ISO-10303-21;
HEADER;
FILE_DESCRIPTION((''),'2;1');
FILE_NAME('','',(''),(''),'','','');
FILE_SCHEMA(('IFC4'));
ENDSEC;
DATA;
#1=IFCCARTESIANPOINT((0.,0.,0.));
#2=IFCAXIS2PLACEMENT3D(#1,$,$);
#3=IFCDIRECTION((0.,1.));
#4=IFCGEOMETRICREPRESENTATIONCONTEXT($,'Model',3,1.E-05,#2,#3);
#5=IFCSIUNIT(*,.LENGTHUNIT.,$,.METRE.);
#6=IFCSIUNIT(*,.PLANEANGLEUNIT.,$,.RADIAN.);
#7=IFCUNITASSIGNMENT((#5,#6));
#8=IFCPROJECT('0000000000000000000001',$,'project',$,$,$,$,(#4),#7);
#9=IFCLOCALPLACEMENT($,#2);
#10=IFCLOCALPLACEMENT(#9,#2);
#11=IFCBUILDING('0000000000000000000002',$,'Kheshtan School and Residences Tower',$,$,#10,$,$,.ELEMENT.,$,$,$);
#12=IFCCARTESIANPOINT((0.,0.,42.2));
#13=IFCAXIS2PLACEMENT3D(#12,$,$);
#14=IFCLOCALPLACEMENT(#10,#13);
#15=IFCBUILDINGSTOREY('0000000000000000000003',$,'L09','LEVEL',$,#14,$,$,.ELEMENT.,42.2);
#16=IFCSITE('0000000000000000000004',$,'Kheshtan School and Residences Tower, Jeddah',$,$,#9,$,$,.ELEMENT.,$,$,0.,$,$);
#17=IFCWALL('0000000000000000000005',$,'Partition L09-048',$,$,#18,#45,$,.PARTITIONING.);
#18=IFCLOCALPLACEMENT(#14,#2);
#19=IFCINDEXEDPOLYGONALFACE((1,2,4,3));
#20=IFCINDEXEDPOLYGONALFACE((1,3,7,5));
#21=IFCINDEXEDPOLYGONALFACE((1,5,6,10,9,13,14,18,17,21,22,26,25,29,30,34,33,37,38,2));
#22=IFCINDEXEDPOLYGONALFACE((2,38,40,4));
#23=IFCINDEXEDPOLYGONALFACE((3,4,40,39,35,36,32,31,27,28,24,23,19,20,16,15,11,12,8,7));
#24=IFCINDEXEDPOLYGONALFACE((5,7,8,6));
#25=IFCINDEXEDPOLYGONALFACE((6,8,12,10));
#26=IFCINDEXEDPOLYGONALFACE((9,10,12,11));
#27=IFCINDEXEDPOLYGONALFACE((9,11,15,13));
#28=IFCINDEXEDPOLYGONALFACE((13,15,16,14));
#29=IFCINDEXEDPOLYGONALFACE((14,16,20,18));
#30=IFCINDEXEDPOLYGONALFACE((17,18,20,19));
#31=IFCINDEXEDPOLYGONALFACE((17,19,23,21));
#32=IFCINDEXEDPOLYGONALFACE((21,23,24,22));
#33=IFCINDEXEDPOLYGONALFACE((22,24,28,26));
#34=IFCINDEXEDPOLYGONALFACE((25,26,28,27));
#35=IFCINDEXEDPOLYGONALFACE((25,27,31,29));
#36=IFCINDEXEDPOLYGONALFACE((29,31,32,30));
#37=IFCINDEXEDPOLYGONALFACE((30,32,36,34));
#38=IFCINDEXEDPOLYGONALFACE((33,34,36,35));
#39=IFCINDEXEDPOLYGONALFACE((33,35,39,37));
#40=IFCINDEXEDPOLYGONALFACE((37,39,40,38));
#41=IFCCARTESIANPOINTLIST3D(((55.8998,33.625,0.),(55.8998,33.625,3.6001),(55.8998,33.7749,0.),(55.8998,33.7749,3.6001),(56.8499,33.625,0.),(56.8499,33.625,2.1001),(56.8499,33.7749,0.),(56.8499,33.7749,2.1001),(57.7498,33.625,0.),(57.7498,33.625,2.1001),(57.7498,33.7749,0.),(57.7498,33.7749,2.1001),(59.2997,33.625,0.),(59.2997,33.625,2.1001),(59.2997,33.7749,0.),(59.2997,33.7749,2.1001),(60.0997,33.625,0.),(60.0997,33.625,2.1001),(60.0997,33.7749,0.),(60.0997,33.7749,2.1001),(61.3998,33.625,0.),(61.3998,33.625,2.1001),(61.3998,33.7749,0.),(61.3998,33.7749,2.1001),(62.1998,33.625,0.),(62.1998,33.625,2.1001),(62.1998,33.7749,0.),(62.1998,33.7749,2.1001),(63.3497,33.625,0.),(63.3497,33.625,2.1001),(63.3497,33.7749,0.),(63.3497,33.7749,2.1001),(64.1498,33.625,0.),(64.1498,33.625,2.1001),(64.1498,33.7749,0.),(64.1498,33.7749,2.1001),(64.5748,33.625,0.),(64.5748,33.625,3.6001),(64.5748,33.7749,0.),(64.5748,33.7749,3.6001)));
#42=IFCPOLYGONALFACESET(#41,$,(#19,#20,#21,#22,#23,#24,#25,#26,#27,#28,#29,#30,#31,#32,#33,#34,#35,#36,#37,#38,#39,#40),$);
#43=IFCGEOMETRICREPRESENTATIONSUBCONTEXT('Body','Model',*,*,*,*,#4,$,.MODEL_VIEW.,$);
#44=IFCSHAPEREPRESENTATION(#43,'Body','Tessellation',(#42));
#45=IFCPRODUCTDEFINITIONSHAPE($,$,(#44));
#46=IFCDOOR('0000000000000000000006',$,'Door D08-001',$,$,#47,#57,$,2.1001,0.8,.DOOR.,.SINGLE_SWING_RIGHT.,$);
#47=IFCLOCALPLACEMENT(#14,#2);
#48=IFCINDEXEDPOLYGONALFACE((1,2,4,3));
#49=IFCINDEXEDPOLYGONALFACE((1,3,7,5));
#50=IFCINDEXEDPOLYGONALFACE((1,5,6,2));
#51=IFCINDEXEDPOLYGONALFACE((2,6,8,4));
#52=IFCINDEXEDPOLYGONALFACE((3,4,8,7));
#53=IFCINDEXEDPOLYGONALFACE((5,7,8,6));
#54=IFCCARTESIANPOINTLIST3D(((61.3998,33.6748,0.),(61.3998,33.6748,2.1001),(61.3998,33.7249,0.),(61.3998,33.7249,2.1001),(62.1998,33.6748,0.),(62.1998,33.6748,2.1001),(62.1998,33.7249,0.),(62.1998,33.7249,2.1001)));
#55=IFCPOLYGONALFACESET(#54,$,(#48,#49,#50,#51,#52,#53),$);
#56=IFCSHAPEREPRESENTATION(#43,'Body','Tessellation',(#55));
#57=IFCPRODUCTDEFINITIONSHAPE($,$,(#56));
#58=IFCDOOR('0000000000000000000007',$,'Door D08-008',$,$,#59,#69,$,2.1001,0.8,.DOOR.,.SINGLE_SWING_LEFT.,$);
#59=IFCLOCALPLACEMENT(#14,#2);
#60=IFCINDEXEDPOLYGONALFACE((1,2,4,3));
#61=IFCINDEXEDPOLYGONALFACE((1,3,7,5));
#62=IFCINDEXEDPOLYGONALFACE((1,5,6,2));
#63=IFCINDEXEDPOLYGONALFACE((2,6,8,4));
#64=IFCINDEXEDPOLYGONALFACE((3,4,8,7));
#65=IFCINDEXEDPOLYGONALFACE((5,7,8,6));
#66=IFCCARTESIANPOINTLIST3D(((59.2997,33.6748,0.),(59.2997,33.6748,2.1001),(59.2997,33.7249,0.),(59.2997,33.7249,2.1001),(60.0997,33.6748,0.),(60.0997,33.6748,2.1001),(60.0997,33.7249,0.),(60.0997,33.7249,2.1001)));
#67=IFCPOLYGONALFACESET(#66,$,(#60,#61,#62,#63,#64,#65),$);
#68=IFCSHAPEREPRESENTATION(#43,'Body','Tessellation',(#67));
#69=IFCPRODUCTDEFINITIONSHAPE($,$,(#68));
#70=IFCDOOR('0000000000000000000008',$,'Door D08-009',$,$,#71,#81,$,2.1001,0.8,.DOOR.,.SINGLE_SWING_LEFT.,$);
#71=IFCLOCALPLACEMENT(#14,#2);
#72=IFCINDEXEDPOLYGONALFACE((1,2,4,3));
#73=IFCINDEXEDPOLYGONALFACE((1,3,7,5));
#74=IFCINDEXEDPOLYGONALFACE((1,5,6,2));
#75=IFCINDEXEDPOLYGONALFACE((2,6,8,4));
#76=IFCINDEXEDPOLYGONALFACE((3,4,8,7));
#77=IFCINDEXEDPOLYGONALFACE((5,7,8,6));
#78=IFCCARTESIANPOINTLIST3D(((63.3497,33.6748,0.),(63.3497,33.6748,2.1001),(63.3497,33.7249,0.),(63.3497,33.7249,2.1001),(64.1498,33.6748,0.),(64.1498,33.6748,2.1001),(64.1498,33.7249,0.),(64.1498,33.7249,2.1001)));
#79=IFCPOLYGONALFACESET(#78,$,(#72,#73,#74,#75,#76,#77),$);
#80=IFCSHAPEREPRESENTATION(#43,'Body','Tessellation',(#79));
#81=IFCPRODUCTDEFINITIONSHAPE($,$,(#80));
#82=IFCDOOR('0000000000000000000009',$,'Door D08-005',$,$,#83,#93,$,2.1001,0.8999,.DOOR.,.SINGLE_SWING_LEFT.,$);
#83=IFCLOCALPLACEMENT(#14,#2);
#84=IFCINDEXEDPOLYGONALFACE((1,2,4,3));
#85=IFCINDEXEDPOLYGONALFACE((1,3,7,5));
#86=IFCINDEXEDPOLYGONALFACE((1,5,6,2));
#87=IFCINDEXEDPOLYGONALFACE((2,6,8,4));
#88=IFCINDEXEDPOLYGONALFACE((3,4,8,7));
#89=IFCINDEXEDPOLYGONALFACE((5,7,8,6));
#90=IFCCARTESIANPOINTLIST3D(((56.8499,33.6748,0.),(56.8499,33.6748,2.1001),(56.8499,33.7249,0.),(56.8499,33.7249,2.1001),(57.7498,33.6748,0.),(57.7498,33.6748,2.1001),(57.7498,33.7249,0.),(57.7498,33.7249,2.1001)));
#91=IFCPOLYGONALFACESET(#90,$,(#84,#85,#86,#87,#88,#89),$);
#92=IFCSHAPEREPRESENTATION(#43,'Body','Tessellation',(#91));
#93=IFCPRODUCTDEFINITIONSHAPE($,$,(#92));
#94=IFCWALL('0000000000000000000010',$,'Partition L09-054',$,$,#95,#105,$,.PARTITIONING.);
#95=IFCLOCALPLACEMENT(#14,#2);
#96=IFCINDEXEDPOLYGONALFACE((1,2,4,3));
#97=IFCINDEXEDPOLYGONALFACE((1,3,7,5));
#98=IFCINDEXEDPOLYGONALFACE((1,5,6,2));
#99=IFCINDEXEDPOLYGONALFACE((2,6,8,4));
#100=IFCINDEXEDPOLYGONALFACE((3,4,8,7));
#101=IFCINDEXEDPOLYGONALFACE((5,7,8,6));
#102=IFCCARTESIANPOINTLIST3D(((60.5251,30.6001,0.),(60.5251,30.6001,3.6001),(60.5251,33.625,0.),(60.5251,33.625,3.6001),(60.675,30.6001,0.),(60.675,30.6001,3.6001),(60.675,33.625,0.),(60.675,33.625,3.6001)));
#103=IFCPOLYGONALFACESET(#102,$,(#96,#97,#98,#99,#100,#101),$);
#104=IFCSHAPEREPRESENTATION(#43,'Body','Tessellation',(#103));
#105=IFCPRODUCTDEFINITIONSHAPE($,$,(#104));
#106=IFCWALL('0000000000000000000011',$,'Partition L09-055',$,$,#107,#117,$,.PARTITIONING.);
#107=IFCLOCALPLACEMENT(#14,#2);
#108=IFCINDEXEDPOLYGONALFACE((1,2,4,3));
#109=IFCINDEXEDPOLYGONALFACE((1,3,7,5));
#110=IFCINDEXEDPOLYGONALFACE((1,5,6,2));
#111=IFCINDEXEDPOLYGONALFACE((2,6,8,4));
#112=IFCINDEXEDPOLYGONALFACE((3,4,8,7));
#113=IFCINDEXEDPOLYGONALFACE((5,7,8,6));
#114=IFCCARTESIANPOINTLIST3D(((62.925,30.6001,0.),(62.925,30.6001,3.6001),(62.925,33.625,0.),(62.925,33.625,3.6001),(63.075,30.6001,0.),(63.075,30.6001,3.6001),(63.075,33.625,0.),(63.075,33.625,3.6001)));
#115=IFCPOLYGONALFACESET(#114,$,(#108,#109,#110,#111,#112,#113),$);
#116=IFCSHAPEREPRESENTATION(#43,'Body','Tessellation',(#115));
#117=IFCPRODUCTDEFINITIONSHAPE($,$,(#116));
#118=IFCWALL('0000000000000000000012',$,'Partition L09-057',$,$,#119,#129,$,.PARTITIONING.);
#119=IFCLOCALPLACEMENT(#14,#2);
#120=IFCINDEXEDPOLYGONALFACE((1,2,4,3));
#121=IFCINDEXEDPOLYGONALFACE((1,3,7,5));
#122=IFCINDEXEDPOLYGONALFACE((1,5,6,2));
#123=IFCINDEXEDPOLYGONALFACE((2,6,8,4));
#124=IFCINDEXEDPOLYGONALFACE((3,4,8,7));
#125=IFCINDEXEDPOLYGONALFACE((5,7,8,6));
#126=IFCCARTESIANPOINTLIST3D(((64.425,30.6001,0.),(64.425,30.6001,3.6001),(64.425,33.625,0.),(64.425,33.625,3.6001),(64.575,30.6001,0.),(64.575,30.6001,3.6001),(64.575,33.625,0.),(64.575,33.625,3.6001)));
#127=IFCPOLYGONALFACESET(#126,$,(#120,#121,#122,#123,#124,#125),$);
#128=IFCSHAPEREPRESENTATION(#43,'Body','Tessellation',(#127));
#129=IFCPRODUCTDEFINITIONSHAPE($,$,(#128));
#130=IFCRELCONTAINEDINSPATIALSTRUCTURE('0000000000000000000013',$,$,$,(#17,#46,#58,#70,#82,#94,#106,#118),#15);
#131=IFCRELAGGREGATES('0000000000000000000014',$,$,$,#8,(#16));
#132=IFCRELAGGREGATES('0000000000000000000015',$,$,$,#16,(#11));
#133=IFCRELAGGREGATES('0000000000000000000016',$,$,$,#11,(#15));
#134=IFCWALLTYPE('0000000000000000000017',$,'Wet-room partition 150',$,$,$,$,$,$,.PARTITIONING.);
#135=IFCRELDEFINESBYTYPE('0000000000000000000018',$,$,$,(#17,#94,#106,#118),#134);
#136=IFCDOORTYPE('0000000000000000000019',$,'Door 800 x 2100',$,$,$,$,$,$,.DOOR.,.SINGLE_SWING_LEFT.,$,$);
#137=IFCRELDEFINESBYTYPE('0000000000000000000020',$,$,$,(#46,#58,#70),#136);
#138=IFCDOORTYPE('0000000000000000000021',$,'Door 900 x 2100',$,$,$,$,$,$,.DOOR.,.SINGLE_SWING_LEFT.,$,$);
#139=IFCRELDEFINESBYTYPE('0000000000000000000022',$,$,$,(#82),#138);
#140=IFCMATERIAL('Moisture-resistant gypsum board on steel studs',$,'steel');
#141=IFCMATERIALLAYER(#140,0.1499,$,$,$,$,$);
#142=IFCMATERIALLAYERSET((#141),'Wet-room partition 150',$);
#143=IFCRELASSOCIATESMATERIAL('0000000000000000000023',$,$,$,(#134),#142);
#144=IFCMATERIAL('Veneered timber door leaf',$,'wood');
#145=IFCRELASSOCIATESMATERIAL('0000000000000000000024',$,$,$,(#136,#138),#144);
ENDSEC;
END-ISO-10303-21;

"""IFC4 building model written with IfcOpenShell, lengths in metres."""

from ifc_helpers import new_model, si_unit, direction, frame, frame_2d, origin, place, context, subcontext, project, spatial, rectangle, extrude, source, transform, mapped, material, layer, layer_set, type_object, element, fill, save


model = new_model("IFC4")

# Units and contexts
model_context = context("Model", 3, precision=1e-05, world=origin(), true_north=direction((0.0, 1.0)))
body_context = subcontext(model_context, "Body", "Model", "MODEL_VIEW")
ifc_project = project(units=[si_unit("LENGTHUNIT", "METRE"), si_unit("PLANEANGLEUNIT", "RADIAN")], contexts=[model_context])

# Site, building, storey
site_placement = place(None, origin())
site = spatial("IfcSite", under=ifc_project, at=site_placement, Name="Kheshtan School and Residences Tower, Jeddah", CompositionType="ELEMENT", RefElevation=0.0)
building_placement = place(site_placement, origin())
building = spatial("IfcBuilding", under=site, at=building_placement, Name="Kheshtan School and Residences Tower", CompositionType="ELEMENT")
storey_placement = place(building_placement, frame((0.0, 0.0, 42.2)))
storey = spatial("IfcBuildingStorey", under=building, at=storey_placement, Name="L09", Description="LEVEL", CompositionType="ELEMENT", Elevation=42.2)

# Wall, openings, doors
ifc_material_1 = material(Name="Moisture-resistant gypsum board on steel studs", Category="steel")
ifc_layer_1 = layer(ifc_material_1, 0.1499)
ifc_layer_set_1 = layer_set([ifc_layer_1], Name="Wet-room partition 150")
wall_type_1 = type_object("IfcWallType", Name="Wet-room partition 150", PredefinedType="PARTITIONING", material=ifc_layer_set_1)
wall_1_placement = place(storey_placement, frame((55.8999, 33.7, 0.0), z_axis=(0.0, 0.0, 1.0), x_axis=(1.0, 0.0, 0.0)))
wall_1 = element("IfcWall", 1, at=wall_1_placement, inside=storey, type_object=wall_type_1, Name="Partition L09-048", PredefinedType="PARTITIONING", context=body_context, shape_type="SweptSolid", body=[
    extrude(rectangle(XDim=8.675, YDim=0.1499, at=frame_2d((4.3374, 0.0))), origin(), (0.0, 0.0, 1.0), 3.6001),
])
opening_1_placement = place(wall_1_placement, frame((5.5, 0.0, 0.0)))
opening_1 = element("IfcOpeningElement", 2, at=opening_1_placement, cuts=wall_1, PredefinedType="OPENING", context=body_context, shape_type="SweptSolid", body=[
    extrude(rectangle(XDim=0.8, YDim=2.1001, at=frame_2d((0.3999, 1.05))), frame((0.0, 0.085, 0.0), z_axis=(0.0, -1.0, 0.0), x_axis=(1.0, 0.0, 0.0)), (0.0, 0.0, 1.0), 0.1699),
])
opening_2_placement = place(wall_1_placement, frame((0.95, 0.0, 0.0)))
opening_2 = element("IfcOpeningElement", 3, at=opening_2_placement, cuts=wall_1, PredefinedType="OPENING", context=body_context, shape_type="SweptSolid", body=[
    extrude(rectangle(XDim=0.8999, YDim=2.1001, at=frame_2d((0.45, 1.05))), frame((0.0, 0.085, 0.0), z_axis=(0.0, -1.0, 0.0), x_axis=(1.0, 0.0, 0.0)), (0.0, 0.0, 1.0), 0.1699),
])
opening_3_placement = place(wall_1_placement, frame((3.3999, 0.0, 0.0)))
opening_3 = element("IfcOpeningElement", 4, at=opening_3_placement, cuts=wall_1, PredefinedType="OPENING", context=body_context, shape_type="SweptSolid", body=[
    extrude(rectangle(XDim=0.8, YDim=2.1001, at=frame_2d((0.3999, 1.05))), frame((0.0, 0.085, 0.0), z_axis=(0.0, -1.0, 0.0), x_axis=(1.0, 0.0, 0.0)), (0.0, 0.0, 1.0), 0.1699),
])
opening_4_placement = place(wall_1_placement, frame((7.45, 0.0, 0.0)))
opening_4 = element("IfcOpeningElement", 5, at=opening_4_placement, cuts=wall_1, PredefinedType="OPENING", context=body_context, shape_type="SweptSolid", body=[
    extrude(rectangle(XDim=0.8, YDim=2.1001, at=frame_2d((0.3999, 1.05))), frame((0.0, 0.085, 0.0), z_axis=(0.0, -1.0, 0.0), x_axis=(1.0, 0.0, 0.0)), (0.0, 0.0, 1.0), 0.1699),
])
ifc_material_2 = material(Name="Veneered timber door leaf", Category="wood")
door_type_1 = type_object("IfcDoorType", Name="Door 800 x 2100", OperationType="SINGLE_SWING_LEFT", PredefinedType="DOOR", material=ifc_material_2)
shared_shape_1 = source(origin(), body_context, "Body", "SweptSolid", [
    extrude(rectangle(XDim=0.8, YDim=2.1001, at=frame_2d((0.3999, 1.05))), frame((0.0, 0.0249, 0.0), z_axis=(0.0, -1.0, 0.0), x_axis=(1.0, 0.0, 0.0)), (0.0, 0.0, 1.0), 0.05),
])
door_1_placement = place(opening_1_placement, origin())
door_1 = element("IfcDoor", 6, at=door_1_placement, inside=storey, type_object=door_type_1, Name="Door D08-001", OperationType="SINGLE_SWING_RIGHT", OverallHeight=2.1001, OverallWidth=0.8, PredefinedType="DOOR", context=body_context, shape_type="MappedRepresentation", body=[
    mapped(shared_shape_1, transform((0.0, 0.0, 0.0), x_axis=(1.0, 0.0, 0.0), y_axis=(0.0, 1.0, 0.0), z_axis=(0.0, 0.0, 1.0), scale=1.0)),
])
fill(opening_1, door_1)
door_2_placement = place(opening_3_placement, origin())
door_2 = element("IfcDoor", 7, at=door_2_placement, inside=storey, type_object=door_type_1, Name="Door D08-008", OperationType="SINGLE_SWING_LEFT", OverallHeight=2.1001, OverallWidth=0.8, PredefinedType="DOOR", context=body_context, shape_type="MappedRepresentation", body=[
    mapped(shared_shape_1, transform((0.0, 0.0, 0.0), x_axis=(1.0, 0.0, 0.0), y_axis=(0.0, 1.0, 0.0), z_axis=(0.0, 0.0, 1.0), scale=1.0)),
])
fill(opening_3, door_2)
door_3_placement = place(opening_4_placement, origin())
door_3 = element("IfcDoor", 8, at=door_3_placement, inside=storey, type_object=door_type_1, Name="Door D08-009", OperationType="SINGLE_SWING_LEFT", OverallHeight=2.1001, OverallWidth=0.8, PredefinedType="DOOR", context=body_context, shape_type="MappedRepresentation", body=[
    mapped(shared_shape_1, transform((0.0, 0.0, 0.0), x_axis=(1.0, 0.0, 0.0), y_axis=(0.0, 1.0, 0.0), z_axis=(0.0, 0.0, 1.0), scale=1.0)),
])
fill(opening_4, door_3)
door_type_2 = type_object("IfcDoorType", Name="Door 900 x 2100", OperationType="SINGLE_SWING_LEFT", PredefinedType="DOOR", material=ifc_material_2)
shared_shape_2 = source(origin(), body_context, "Body", "SweptSolid", [
    extrude(rectangle(XDim=0.8999, YDim=2.1001, at=frame_2d((0.45, 1.05))), frame((0.0, 0.0249, 0.0), z_axis=(0.0, -1.0, 0.0), x_axis=(1.0, 0.0, 0.0)), (0.0, 0.0, 1.0), 0.05),
])
door_4_placement = place(opening_2_placement, origin())
door_4 = element("IfcDoor", 9, at=door_4_placement, inside=storey, type_object=door_type_2, Name="Door D08-005", OperationType="SINGLE_SWING_LEFT", OverallHeight=2.1001, OverallWidth=0.8999, PredefinedType="DOOR", context=body_context, shape_type="MappedRepresentation", body=[
    mapped(shared_shape_2, transform((0.0, 0.0, 0.0), x_axis=(1.0, 0.0, 0.0), y_axis=(0.0, 1.0, 0.0), z_axis=(0.0, 0.0, 1.0), scale=1.0)),
])
fill(opening_2, door_4)

# Walls
for number, where, z_axis, x_axis, name in (
    (10, (60.6001, 30.6001, 0.0), (0.0, 0.0, 1.0), (0.0, 1.0, 0.0), "Partition L09-054"),
    (11, (63.0, 30.6001, 0.0), (0.0, 0.0, 1.0), (0.0, 1.0, 0.0), "Partition L09-055"),
    (12, (64.5, 30.6001, 0.0), (0.0, 0.0, 1.0), (0.0, 1.0, 0.0), "Partition L09-057"),
):
    element("IfcWall", number, at=place(storey_placement, frame(where, z_axis=z_axis, x_axis=x_axis)), inside=storey, type_object=wall_type_1, Name=name, PredefinedType="PARTITIONING", context=body_context, shape_type="SweptSolid", body=[
        extrude(rectangle(XDim=3.0249, YDim=0.1499, at=frame_2d((1.5125, 0.0))), origin(), (0.0, 0.0, 1.0), 3.6001),
    ])

save(model, "model.ifc")
